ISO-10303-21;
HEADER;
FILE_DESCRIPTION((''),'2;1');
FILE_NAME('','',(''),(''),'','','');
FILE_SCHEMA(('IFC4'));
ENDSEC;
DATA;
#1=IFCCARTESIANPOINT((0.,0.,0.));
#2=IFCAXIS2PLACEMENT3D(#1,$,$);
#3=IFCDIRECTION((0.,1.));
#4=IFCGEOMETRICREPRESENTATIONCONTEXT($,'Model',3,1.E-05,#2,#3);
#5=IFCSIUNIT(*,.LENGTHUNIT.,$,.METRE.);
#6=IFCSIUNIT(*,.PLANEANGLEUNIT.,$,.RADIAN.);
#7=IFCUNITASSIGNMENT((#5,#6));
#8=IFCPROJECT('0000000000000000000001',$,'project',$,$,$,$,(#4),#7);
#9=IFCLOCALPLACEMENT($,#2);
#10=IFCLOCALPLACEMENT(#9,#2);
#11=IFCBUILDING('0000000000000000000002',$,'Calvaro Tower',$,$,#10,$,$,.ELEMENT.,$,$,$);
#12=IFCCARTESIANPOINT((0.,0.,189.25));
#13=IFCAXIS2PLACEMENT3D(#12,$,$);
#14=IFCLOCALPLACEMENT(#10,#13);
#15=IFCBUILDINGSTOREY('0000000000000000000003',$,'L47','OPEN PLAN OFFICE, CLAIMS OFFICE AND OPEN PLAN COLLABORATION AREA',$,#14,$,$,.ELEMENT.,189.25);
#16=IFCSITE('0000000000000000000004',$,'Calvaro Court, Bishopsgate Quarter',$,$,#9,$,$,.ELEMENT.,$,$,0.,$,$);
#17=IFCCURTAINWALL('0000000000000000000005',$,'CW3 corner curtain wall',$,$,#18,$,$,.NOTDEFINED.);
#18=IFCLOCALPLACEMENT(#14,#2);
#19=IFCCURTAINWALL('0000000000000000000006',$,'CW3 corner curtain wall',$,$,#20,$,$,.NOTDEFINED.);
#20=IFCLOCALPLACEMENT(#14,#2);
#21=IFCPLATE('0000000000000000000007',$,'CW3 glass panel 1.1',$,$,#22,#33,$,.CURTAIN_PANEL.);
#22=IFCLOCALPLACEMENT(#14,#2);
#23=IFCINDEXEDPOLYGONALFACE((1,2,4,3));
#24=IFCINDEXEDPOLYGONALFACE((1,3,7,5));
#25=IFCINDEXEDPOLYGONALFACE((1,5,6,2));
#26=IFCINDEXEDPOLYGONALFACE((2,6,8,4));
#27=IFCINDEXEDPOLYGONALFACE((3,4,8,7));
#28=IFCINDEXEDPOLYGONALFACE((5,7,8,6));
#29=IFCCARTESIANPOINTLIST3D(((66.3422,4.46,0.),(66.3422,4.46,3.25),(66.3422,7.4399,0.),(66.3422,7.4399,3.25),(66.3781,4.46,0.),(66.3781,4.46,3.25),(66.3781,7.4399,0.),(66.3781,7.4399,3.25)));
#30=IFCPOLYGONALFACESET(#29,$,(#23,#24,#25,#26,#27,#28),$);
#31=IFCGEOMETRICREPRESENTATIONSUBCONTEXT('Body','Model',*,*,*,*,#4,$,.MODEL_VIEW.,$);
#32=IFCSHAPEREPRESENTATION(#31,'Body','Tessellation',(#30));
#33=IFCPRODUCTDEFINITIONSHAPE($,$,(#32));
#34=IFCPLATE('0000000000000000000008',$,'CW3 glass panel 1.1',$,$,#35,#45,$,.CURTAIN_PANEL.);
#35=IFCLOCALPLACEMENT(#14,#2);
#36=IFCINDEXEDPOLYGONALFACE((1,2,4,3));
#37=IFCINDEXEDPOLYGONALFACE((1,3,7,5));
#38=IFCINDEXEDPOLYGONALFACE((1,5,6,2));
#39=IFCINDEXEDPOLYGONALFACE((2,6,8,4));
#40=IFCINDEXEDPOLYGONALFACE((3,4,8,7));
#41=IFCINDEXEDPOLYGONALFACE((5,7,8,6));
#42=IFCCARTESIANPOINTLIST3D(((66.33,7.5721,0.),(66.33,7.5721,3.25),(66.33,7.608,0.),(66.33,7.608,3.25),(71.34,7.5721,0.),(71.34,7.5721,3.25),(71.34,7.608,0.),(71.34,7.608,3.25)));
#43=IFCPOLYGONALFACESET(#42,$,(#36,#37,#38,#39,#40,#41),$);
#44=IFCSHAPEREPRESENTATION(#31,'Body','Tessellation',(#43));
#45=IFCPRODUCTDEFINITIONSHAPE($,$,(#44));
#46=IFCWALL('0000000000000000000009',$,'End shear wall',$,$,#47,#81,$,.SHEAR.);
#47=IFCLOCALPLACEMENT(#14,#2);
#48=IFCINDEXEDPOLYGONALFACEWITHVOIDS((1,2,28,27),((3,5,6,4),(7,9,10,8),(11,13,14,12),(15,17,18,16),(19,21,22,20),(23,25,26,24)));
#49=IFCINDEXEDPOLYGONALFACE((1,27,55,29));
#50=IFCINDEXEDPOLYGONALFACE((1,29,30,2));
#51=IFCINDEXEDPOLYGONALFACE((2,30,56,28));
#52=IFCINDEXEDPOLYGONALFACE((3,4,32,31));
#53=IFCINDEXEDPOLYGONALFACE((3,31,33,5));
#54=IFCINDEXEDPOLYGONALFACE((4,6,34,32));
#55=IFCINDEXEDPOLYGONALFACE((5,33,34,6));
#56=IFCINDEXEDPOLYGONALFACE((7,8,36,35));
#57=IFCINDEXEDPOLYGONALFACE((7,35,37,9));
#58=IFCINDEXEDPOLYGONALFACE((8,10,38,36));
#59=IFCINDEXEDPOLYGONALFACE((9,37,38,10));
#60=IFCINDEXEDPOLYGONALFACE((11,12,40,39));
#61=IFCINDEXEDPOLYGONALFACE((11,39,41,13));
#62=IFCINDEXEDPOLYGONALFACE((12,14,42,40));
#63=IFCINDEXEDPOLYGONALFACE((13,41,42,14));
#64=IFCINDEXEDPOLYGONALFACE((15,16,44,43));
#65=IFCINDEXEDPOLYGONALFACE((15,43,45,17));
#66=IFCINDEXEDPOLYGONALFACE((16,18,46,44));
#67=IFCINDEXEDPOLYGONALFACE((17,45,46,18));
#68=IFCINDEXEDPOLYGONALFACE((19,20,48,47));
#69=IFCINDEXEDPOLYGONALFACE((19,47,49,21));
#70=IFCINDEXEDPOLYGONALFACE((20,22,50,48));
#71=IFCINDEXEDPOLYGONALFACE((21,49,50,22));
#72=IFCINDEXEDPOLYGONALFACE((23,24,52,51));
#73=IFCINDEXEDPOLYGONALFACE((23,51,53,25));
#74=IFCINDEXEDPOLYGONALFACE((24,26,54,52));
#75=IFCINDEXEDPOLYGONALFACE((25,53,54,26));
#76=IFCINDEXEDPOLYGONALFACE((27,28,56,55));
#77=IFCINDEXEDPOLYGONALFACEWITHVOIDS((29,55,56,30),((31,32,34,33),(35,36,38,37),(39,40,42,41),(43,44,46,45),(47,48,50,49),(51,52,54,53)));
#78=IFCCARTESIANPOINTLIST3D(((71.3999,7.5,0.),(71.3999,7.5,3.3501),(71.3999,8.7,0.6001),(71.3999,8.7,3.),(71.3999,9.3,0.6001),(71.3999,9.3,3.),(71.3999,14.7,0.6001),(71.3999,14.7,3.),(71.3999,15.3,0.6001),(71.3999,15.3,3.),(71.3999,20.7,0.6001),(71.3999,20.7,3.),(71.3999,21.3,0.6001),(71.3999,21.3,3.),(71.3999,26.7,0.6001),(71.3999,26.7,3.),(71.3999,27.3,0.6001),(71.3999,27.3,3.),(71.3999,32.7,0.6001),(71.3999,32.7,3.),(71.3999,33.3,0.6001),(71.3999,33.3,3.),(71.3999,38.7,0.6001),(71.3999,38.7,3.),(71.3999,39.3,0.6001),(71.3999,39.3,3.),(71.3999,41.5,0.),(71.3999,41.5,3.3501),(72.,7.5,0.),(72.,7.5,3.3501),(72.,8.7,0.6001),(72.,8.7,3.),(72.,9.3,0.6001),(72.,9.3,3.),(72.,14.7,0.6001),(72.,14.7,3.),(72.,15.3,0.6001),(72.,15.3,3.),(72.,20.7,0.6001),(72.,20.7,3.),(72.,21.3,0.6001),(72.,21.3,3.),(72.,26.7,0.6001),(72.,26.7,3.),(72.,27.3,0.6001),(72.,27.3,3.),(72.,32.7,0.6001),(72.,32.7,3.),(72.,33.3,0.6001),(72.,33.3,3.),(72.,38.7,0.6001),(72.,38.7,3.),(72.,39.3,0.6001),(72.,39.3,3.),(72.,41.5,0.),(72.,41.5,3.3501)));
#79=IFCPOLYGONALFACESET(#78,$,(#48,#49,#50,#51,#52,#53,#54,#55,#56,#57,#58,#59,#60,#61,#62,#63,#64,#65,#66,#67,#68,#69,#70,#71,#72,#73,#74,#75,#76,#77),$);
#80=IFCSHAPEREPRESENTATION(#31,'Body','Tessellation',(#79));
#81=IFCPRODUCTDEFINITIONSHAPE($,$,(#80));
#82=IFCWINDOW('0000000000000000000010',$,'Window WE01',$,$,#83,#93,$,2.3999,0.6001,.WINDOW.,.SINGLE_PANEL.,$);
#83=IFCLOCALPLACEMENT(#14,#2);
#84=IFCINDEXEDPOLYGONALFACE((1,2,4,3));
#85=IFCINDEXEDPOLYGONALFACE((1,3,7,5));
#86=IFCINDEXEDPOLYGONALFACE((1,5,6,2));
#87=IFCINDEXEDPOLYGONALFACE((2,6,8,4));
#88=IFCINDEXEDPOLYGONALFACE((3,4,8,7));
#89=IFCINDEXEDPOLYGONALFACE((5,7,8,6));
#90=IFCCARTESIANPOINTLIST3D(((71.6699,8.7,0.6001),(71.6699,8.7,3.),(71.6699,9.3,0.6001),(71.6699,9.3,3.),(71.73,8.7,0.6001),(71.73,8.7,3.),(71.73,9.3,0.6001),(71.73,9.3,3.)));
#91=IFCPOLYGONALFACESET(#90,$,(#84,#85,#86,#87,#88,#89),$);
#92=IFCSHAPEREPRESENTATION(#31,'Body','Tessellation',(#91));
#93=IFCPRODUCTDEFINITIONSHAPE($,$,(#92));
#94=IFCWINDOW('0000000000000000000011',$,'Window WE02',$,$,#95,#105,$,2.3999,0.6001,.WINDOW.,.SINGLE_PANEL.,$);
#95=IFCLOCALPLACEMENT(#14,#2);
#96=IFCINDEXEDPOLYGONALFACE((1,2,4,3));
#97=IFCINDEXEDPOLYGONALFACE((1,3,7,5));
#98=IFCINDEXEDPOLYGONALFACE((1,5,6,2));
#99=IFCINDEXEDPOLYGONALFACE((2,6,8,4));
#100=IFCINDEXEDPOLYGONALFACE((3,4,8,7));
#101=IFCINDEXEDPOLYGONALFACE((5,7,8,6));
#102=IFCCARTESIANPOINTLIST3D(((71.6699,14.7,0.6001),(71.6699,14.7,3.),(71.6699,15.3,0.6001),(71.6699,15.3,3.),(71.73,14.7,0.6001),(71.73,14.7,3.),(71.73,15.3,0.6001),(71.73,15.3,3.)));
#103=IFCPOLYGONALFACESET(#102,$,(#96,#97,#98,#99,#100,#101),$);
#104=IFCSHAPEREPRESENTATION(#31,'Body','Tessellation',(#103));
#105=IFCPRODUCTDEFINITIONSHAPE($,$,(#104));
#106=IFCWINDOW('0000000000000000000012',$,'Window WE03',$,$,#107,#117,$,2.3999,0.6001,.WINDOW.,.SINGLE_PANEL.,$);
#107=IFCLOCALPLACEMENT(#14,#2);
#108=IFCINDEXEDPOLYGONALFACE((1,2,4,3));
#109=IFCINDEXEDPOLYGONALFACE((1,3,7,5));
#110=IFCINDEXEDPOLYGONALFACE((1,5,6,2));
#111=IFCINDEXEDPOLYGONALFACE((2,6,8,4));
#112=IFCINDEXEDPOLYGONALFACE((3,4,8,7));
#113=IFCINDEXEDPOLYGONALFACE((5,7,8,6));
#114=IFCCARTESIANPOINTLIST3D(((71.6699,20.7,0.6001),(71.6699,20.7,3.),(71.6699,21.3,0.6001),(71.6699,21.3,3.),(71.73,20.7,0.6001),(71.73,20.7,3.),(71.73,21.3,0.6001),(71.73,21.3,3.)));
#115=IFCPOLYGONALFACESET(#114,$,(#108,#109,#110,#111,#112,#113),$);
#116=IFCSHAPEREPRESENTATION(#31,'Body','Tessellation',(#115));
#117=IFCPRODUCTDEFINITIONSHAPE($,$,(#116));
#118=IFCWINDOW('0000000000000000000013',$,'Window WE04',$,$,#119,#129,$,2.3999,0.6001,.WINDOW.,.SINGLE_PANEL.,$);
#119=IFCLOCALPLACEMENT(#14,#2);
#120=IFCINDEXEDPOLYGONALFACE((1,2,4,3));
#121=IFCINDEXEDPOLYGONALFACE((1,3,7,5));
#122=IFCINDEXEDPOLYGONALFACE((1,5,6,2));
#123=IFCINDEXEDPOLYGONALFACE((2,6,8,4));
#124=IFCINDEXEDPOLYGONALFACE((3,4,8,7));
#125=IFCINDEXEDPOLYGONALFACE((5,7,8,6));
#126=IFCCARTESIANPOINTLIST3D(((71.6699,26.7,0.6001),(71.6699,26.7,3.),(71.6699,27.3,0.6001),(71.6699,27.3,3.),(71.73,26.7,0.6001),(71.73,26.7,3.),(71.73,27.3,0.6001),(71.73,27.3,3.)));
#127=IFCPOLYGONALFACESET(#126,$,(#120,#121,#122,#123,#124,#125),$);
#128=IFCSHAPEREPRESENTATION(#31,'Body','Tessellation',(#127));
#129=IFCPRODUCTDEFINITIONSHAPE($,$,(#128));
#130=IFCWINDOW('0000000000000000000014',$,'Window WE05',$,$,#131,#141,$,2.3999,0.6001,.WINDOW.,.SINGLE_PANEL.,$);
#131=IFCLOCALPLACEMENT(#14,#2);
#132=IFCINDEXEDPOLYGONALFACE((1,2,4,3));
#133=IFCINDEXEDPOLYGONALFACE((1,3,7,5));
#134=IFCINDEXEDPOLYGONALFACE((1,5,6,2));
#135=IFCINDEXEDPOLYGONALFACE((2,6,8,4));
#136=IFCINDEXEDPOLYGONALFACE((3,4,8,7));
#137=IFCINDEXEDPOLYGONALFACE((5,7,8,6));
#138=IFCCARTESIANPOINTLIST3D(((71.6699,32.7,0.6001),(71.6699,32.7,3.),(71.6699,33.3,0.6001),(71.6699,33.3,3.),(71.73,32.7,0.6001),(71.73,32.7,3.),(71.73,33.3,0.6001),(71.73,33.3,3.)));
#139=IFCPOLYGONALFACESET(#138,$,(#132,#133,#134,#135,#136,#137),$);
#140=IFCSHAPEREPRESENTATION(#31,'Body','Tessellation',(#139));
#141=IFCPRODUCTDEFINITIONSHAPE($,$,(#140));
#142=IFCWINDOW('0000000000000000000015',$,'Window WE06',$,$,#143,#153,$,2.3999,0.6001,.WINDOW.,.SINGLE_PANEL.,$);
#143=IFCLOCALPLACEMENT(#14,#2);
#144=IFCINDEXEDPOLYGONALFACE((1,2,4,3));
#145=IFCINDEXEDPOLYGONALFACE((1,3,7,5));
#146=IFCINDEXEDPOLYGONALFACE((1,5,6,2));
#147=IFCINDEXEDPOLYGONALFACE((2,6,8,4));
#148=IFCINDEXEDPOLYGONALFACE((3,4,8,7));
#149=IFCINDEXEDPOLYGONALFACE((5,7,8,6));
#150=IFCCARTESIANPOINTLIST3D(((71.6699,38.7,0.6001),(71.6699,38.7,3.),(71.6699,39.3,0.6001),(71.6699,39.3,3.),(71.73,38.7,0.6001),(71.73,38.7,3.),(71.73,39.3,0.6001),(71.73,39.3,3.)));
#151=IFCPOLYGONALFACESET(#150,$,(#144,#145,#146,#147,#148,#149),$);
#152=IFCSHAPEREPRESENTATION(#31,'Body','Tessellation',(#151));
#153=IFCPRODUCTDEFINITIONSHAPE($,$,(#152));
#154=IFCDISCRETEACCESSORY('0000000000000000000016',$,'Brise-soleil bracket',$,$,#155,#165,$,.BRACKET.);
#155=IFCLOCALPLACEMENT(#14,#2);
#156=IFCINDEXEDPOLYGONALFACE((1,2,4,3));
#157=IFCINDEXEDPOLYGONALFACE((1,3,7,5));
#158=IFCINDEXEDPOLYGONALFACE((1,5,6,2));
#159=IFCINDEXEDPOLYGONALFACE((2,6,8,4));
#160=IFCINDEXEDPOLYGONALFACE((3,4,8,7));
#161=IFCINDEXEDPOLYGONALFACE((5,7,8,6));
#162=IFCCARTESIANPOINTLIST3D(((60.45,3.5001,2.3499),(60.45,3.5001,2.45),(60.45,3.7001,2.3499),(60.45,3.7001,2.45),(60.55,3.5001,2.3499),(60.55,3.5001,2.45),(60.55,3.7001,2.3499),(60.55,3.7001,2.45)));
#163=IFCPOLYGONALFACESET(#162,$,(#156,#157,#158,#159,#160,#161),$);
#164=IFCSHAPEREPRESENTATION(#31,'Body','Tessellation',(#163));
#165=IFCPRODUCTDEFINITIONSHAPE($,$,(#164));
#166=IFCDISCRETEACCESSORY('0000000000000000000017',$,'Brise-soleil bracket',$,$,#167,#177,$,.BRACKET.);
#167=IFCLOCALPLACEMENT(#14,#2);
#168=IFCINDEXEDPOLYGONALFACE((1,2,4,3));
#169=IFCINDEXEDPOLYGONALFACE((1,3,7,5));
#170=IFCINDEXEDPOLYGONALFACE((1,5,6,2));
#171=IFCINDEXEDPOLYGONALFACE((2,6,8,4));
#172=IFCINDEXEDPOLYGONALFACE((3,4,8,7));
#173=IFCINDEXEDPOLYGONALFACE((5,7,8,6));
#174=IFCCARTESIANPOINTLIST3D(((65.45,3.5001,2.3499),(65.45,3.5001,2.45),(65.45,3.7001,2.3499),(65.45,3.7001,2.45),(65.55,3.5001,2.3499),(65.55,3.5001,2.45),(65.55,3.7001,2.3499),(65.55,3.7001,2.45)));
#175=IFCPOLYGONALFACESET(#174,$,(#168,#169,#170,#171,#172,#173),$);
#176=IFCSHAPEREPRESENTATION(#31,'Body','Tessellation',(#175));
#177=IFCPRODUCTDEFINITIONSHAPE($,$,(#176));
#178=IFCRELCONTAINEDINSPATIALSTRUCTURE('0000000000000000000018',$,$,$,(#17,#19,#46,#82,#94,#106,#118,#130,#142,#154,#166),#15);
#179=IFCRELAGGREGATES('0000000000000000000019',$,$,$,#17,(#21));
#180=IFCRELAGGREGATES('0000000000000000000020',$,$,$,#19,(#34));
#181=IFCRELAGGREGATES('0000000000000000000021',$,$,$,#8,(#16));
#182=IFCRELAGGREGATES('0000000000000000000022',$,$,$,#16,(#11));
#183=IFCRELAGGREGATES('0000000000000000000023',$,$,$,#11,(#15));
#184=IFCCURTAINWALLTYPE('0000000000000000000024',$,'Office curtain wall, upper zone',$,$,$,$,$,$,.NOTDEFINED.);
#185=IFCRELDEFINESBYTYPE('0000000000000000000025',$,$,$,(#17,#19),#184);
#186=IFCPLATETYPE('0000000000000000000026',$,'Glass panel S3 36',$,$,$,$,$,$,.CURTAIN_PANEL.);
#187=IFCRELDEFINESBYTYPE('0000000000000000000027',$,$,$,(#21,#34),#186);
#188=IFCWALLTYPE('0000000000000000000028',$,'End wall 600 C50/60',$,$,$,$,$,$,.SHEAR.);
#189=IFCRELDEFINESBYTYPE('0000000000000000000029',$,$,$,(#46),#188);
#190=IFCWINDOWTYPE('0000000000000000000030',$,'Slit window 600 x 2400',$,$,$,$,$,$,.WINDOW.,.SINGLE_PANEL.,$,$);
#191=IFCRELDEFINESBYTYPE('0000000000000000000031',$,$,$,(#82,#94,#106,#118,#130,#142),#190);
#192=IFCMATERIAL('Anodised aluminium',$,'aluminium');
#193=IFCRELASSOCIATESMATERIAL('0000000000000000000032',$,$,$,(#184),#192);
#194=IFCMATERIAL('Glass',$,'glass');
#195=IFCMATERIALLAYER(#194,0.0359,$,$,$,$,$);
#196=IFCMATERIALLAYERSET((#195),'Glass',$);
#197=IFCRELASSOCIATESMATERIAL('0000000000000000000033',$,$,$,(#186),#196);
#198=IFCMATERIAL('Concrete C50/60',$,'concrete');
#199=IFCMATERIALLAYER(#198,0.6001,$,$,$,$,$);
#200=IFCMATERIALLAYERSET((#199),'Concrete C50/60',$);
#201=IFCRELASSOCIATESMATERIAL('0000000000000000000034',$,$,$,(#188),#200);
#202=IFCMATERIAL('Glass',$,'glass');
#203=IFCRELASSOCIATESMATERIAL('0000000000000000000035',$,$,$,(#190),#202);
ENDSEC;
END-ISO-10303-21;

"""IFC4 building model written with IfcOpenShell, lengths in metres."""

from ifc_helpers import new_model, si_unit, direction, frame, frame_2d, origin, origin_2d, place, context, subcontext, project, spatial, rectangle, extrude, material, layer, layer_set, type_object, element, fill, aggregate, save


model = new_model("IFC4")

# Units and contexts
model_context = context("Model", 3, precision=1e-05, world=origin(), true_north=direction((0.0, 1.0)))
body_context = subcontext(model_context, "Body", "Model", "MODEL_VIEW")
ifc_project = project(units=[si_unit("LENGTHUNIT", "METRE"), si_unit("PLANEANGLEUNIT", "RADIAN")], contexts=[model_context])

# Site, building, storey
site_placement = place(None, origin())
site = spatial("IfcSite", under=ifc_project, at=site_placement, Name="Calvaro Court, Bishopsgate Quarter", CompositionType="ELEMENT", RefElevation=0.0)
building_placement = place(site_placement, origin())
building = spatial("IfcBuilding", under=site, at=building_placement, Name="Calvaro Tower", CompositionType="ELEMENT")
storey_placement = place(building_placement, frame((0.0, 0.0, 189.25)))
storey = spatial("IfcBuildingStorey", under=building, at=storey_placement, Name="L47", Description="OPEN PLAN OFFICE, CLAIMS OFFICE AND OPEN PLAN COLLABORATION AREA", CompositionType="ELEMENT", Elevation=189.25)

# Curtain walls
ifc_material_1 = material(Name="Anodised aluminium", Category="aluminium")
curtain_wall_type = type_object("IfcCurtainWallType", Name="Office curtain wall, upper zone", PredefinedType="NOTDEFINED", material=ifc_material_1)
curtain_wall_1_placement = place(storey_placement, origin())
curtain_wall_1 = element("IfcCurtainWall", 1, at=curtain_wall_1_placement, inside=storey, type_object=curtain_wall_type, Name="CW3 corner curtain wall", PredefinedType="NOTDEFINED")
curtain_wall_2_placement = place(storey_placement, origin())
curtain_wall_2 = element("IfcCurtainWall", 2, at=curtain_wall_2_placement, inside=storey, type_object=curtain_wall_type, Name="CW3 corner curtain wall", PredefinedType="NOTDEFINED")

# Plates
ifc_material_2 = material(Name="Glass", Category="glass")
ifc_layer_1 = layer(ifc_material_2, 0.0359)
ifc_layer_set_1 = layer_set([ifc_layer_1], Name="Glass")
plate_type = type_object("IfcPlateType", Name="Glass panel S3 36", PredefinedType="CURTAIN_PANEL", material=ifc_layer_set_1)
plate_1_placement = place(storey_placement, frame((66.3601, 5.95, 0.0), z_axis=(0.0, 0.0, 1.0), x_axis=(0.0, 1.0, 0.0)))
plate_1 = element("IfcPlate", 3, at=plate_1_placement, type_object=plate_type, Name="CW3 glass panel 1.1", PredefinedType="CURTAIN_PANEL", context=body_context, shape_type="SweptSolid", body=[
    extrude(rectangle(XDim=2.98, YDim=0.0359, at=origin_2d()), origin(), (0.0, 0.0, 1.0), 3.25),
])
aggregate(curtain_wall_1, [plate_1])
plate_2_placement = place(storey_placement, frame((68.835, 7.5901, 0.0), z_axis=(0.0, 0.0, 1.0), x_axis=(1.0, 0.0, 0.0)))
plate_2 = element("IfcPlate", 4, at=plate_2_placement, type_object=plate_type, Name="CW3 glass panel 1.1", PredefinedType="CURTAIN_PANEL", context=body_context, shape_type="SweptSolid", body=[
    extrude(rectangle(XDim=5.01, YDim=0.0359, at=origin_2d()), origin(), (0.0, 0.0, 1.0), 3.25),
])
aggregate(curtain_wall_2, [plate_2])

# Wall, openings, windows
ifc_material_3 = material(Name="Concrete C50/60", Category="concrete")
ifc_layer_2 = layer(ifc_material_3, 0.6001)
ifc_layer_set_2 = layer_set([ifc_layer_2], Name="Concrete C50/60")
wall_type = type_object("IfcWallType", Name="End wall 600 C50/60", PredefinedType="SHEAR", material=ifc_layer_set_2)
wall_placement = place(storey_placement, frame((71.7, 7.5, 0.0), z_axis=(0.0, 0.0, 1.0), x_axis=(0.0, 1.0, 0.0)))
wall = element("IfcWall", 5, at=wall_placement, inside=storey, type_object=wall_type, Name="End shear wall", PredefinedType="SHEAR", context=body_context, shape_type="SweptSolid", body=[
    extrude(rectangle(XDim=34.0, YDim=0.6001, at=frame_2d((17.0, 0.0))), origin(), (0.0, 0.0, 1.0), 3.3501),
])
opening_1_placement = place(wall_placement, frame((1.2, 0.0, 0.6001)))
opening_1 = element("IfcOpeningElement", 6, at=opening_1_placement, cuts=wall, PredefinedType="OPENING", context=body_context, shape_type="SweptSolid", body=[
    extrude(rectangle(XDim=0.6001, YDim=2.3999, at=frame_2d((0.3, 1.2))), frame((0.0, 0.3101, 0.0), z_axis=(0.0, -1.0, 0.0), x_axis=(1.0, 0.0, 0.0)), (0.0, 0.0, 1.0), 0.6201),
])
opening_2_placement = place(wall_placement, frame((7.2, 0.0, 0.6001)))
opening_2 = element("IfcOpeningElement", 7, at=opening_2_placement, cuts=wall, PredefinedType="OPENING", context=body_context, shape_type="SweptSolid", body=[
    extrude(rectangle(XDim=0.6001, YDim=2.3999, at=frame_2d((0.3, 1.2))), frame((0.0, 0.3101, 0.0), z_axis=(0.0, -1.0, 0.0), x_axis=(1.0, 0.0, 0.0)), (0.0, 0.0, 1.0), 0.6201),
])
opening_3_placement = place(wall_placement, frame((13.2, 0.0, 0.6001)))
opening_3 = element("IfcOpeningElement", 8, at=opening_3_placement, cuts=wall, PredefinedType="OPENING", context=body_context, shape_type="SweptSolid", body=[
    extrude(rectangle(XDim=0.6001, YDim=2.3999, at=frame_2d((0.3, 1.2))), frame((0.0, 0.3101, 0.0), z_axis=(0.0, -1.0, 0.0), x_axis=(1.0, 0.0, 0.0)), (0.0, 0.0, 1.0), 0.6201),
])
opening_4_placement = place(wall_placement, frame((19.2, 0.0, 0.6001)))
opening_4 = element("IfcOpeningElement", 9, at=opening_4_placement, cuts=wall, PredefinedType="OPENING", context=body_context, shape_type="SweptSolid", body=[
    extrude(rectangle(XDim=0.6001, YDim=2.3999, at=frame_2d((0.3, 1.2))), frame((0.0, 0.3101, 0.0), z_axis=(0.0, -1.0, 0.0), x_axis=(1.0, 0.0, 0.0)), (0.0, 0.0, 1.0), 0.6201),
])
opening_5_placement = place(wall_placement, frame((25.2, 0.0, 0.6001)))
opening_5 = element("IfcOpeningElement", 10, at=opening_5_placement, cuts=wall, PredefinedType="OPENING", context=body_context, shape_type="SweptSolid", body=[
    extrude(rectangle(XDim=0.6001, YDim=2.3999, at=frame_2d((0.3, 1.2))), frame((0.0, 0.3101, 0.0), z_axis=(0.0, -1.0, 0.0), x_axis=(1.0, 0.0, 0.0)), (0.0, 0.0, 1.0), 0.6201),
])
opening_6_placement = place(wall_placement, frame((31.2, 0.0, 0.6001)))
opening_6 = element("IfcOpeningElement", 11, at=opening_6_placement, cuts=wall, PredefinedType="OPENING", context=body_context, shape_type="SweptSolid", body=[
    extrude(rectangle(XDim=0.6001, YDim=2.3999, at=frame_2d((0.3, 1.2))), frame((0.0, 0.3101, 0.0), z_axis=(0.0, -1.0, 0.0), x_axis=(1.0, 0.0, 0.0)), (0.0, 0.0, 1.0), 0.6201),
])
ifc_material_4 = material(Name="Glass", Category="glass")
window_type = type_object("IfcWindowType", Name="Slit window 600 x 2400", PartitioningType="SINGLE_PANEL", PredefinedType="WINDOW", material=ifc_material_4)
window_1_placement = place(opening_1_placement, origin())
window_1 = element("IfcWindow", 12, at=window_1_placement, inside=storey, type_object=window_type, Name="Window WE01", OverallHeight=2.3999, OverallWidth=0.6001, PartitioningType="SINGLE_PANEL", PredefinedType="WINDOW", context=body_context, shape_type="SweptSolid", body=[
    extrude(rectangle(XDim=0.6001, YDim=2.3999, at=frame_2d((0.3, 1.2))), frame((0.0, 0.03, 0.0), z_axis=(0.0, -1.0, 0.0), x_axis=(1.0, 0.0, 0.0)), (0.0, 0.0, 1.0), 0.0601),
])
fill(opening_1, window_1)
window_2_placement = place(opening_2_placement, origin())
window_2 = element("IfcWindow", 13, at=window_2_placement, inside=storey, type_object=window_type, Name="Window WE02", OverallHeight=2.3999, OverallWidth=0.6001, PartitioningType="SINGLE_PANEL", PredefinedType="WINDOW", context=body_context, shape_type="SweptSolid", body=[
    extrude(rectangle(XDim=0.6001, YDim=2.3999, at=frame_2d((0.3, 1.2))), frame((0.0, 0.03, 0.0), z_axis=(0.0, -1.0, 0.0), x_axis=(1.0, 0.0, 0.0)), (0.0, 0.0, 1.0), 0.0601),
])
fill(opening_2, window_2)
window_3_placement = place(opening_3_placement, origin())
window_3 = element("IfcWindow", 14, at=window_3_placement, inside=storey, type_object=window_type, Name="Window WE03", OverallHeight=2.3999, OverallWidth=0.6001, PartitioningType="SINGLE_PANEL", PredefinedType="WINDOW", context=body_context, shape_type="SweptSolid", body=[
    extrude(rectangle(XDim=0.6001, YDim=2.3999, at=frame_2d((0.3, 1.2))), frame((0.0, 0.03, 0.0), z_axis=(0.0, -1.0, 0.0), x_axis=(1.0, 0.0, 0.0)), (0.0, 0.0, 1.0), 0.0601),
])
fill(opening_3, window_3)
window_4_placement = place(opening_4_placement, origin())
window_4 = element("IfcWindow", 15, at=window_4_placement, inside=storey, type_object=window_type, Name="Window WE04", OverallHeight=2.3999, OverallWidth=0.6001, PartitioningType="SINGLE_PANEL", PredefinedType="WINDOW", context=body_context, shape_type="SweptSolid", body=[
    extrude(rectangle(XDim=0.6001, YDim=2.3999, at=frame_2d((0.3, 1.2))), frame((0.0, 0.03, 0.0), z_axis=(0.0, -1.0, 0.0), x_axis=(1.0, 0.0, 0.0)), (0.0, 0.0, 1.0), 0.0601),
])
fill(opening_4, window_4)
window_5_placement = place(opening_5_placement, origin())
window_5 = element("IfcWindow", 16, at=window_5_placement, inside=storey, type_object=window_type, Name="Window WE05", OverallHeight=2.3999, OverallWidth=0.6001, PartitioningType="SINGLE_PANEL", PredefinedType="WINDOW", context=body_context, shape_type="SweptSolid", body=[
    extrude(rectangle(XDim=0.6001, YDim=2.3999, at=frame_2d((0.3, 1.2))), frame((0.0, 0.03, 0.0), z_axis=(0.0, -1.0, 0.0), x_axis=(1.0, 0.0, 0.0)), (0.0, 0.0, 1.0), 0.0601),
])
fill(opening_5, window_5)
window_6_placement = place(opening_6_placement, origin())
window_6 = element("IfcWindow", 17, at=window_6_placement, inside=storey, type_object=window_type, Name="Window WE06", OverallHeight=2.3999, OverallWidth=0.6001, PartitioningType="SINGLE_PANEL", PredefinedType="WINDOW", context=body_context, shape_type="SweptSolid", body=[
    extrude(rectangle(XDim=0.6001, YDim=2.3999, at=frame_2d((0.3, 1.2))), frame((0.0, 0.03, 0.0), z_axis=(0.0, -1.0, 0.0), x_axis=(1.0, 0.0, 0.0)), (0.0, 0.0, 1.0), 0.0601),
])
fill(opening_6, window_6)

# Discrete accessories
for number, where, z_axis, x_axis, name in (
    (18, (60.5, 3.6001, 2.3499), (0.0, 0.0, 1.0), (1.0, 0.0, 0.0), "Brise-soleil bracket"),
    (19, (65.5, 3.6001, 2.3499), (0.0, 0.0, 1.0), (1.0, 0.0, 0.0), "Brise-soleil bracket"),
):
    element("IfcDiscreteAccessory", number, at=place(storey_placement, frame(where, z_axis=z_axis, x_axis=x_axis)), inside=storey, Name=name, PredefinedType="BRACKET", context=body_context, shape_type="SweptSolid", body=[
        extrude(rectangle(XDim=0.1001, YDim=0.2, at=origin_2d()), origin(), (0.0, 0.0, 1.0), 0.1001),
    ])

save(model, "model.ifc")
